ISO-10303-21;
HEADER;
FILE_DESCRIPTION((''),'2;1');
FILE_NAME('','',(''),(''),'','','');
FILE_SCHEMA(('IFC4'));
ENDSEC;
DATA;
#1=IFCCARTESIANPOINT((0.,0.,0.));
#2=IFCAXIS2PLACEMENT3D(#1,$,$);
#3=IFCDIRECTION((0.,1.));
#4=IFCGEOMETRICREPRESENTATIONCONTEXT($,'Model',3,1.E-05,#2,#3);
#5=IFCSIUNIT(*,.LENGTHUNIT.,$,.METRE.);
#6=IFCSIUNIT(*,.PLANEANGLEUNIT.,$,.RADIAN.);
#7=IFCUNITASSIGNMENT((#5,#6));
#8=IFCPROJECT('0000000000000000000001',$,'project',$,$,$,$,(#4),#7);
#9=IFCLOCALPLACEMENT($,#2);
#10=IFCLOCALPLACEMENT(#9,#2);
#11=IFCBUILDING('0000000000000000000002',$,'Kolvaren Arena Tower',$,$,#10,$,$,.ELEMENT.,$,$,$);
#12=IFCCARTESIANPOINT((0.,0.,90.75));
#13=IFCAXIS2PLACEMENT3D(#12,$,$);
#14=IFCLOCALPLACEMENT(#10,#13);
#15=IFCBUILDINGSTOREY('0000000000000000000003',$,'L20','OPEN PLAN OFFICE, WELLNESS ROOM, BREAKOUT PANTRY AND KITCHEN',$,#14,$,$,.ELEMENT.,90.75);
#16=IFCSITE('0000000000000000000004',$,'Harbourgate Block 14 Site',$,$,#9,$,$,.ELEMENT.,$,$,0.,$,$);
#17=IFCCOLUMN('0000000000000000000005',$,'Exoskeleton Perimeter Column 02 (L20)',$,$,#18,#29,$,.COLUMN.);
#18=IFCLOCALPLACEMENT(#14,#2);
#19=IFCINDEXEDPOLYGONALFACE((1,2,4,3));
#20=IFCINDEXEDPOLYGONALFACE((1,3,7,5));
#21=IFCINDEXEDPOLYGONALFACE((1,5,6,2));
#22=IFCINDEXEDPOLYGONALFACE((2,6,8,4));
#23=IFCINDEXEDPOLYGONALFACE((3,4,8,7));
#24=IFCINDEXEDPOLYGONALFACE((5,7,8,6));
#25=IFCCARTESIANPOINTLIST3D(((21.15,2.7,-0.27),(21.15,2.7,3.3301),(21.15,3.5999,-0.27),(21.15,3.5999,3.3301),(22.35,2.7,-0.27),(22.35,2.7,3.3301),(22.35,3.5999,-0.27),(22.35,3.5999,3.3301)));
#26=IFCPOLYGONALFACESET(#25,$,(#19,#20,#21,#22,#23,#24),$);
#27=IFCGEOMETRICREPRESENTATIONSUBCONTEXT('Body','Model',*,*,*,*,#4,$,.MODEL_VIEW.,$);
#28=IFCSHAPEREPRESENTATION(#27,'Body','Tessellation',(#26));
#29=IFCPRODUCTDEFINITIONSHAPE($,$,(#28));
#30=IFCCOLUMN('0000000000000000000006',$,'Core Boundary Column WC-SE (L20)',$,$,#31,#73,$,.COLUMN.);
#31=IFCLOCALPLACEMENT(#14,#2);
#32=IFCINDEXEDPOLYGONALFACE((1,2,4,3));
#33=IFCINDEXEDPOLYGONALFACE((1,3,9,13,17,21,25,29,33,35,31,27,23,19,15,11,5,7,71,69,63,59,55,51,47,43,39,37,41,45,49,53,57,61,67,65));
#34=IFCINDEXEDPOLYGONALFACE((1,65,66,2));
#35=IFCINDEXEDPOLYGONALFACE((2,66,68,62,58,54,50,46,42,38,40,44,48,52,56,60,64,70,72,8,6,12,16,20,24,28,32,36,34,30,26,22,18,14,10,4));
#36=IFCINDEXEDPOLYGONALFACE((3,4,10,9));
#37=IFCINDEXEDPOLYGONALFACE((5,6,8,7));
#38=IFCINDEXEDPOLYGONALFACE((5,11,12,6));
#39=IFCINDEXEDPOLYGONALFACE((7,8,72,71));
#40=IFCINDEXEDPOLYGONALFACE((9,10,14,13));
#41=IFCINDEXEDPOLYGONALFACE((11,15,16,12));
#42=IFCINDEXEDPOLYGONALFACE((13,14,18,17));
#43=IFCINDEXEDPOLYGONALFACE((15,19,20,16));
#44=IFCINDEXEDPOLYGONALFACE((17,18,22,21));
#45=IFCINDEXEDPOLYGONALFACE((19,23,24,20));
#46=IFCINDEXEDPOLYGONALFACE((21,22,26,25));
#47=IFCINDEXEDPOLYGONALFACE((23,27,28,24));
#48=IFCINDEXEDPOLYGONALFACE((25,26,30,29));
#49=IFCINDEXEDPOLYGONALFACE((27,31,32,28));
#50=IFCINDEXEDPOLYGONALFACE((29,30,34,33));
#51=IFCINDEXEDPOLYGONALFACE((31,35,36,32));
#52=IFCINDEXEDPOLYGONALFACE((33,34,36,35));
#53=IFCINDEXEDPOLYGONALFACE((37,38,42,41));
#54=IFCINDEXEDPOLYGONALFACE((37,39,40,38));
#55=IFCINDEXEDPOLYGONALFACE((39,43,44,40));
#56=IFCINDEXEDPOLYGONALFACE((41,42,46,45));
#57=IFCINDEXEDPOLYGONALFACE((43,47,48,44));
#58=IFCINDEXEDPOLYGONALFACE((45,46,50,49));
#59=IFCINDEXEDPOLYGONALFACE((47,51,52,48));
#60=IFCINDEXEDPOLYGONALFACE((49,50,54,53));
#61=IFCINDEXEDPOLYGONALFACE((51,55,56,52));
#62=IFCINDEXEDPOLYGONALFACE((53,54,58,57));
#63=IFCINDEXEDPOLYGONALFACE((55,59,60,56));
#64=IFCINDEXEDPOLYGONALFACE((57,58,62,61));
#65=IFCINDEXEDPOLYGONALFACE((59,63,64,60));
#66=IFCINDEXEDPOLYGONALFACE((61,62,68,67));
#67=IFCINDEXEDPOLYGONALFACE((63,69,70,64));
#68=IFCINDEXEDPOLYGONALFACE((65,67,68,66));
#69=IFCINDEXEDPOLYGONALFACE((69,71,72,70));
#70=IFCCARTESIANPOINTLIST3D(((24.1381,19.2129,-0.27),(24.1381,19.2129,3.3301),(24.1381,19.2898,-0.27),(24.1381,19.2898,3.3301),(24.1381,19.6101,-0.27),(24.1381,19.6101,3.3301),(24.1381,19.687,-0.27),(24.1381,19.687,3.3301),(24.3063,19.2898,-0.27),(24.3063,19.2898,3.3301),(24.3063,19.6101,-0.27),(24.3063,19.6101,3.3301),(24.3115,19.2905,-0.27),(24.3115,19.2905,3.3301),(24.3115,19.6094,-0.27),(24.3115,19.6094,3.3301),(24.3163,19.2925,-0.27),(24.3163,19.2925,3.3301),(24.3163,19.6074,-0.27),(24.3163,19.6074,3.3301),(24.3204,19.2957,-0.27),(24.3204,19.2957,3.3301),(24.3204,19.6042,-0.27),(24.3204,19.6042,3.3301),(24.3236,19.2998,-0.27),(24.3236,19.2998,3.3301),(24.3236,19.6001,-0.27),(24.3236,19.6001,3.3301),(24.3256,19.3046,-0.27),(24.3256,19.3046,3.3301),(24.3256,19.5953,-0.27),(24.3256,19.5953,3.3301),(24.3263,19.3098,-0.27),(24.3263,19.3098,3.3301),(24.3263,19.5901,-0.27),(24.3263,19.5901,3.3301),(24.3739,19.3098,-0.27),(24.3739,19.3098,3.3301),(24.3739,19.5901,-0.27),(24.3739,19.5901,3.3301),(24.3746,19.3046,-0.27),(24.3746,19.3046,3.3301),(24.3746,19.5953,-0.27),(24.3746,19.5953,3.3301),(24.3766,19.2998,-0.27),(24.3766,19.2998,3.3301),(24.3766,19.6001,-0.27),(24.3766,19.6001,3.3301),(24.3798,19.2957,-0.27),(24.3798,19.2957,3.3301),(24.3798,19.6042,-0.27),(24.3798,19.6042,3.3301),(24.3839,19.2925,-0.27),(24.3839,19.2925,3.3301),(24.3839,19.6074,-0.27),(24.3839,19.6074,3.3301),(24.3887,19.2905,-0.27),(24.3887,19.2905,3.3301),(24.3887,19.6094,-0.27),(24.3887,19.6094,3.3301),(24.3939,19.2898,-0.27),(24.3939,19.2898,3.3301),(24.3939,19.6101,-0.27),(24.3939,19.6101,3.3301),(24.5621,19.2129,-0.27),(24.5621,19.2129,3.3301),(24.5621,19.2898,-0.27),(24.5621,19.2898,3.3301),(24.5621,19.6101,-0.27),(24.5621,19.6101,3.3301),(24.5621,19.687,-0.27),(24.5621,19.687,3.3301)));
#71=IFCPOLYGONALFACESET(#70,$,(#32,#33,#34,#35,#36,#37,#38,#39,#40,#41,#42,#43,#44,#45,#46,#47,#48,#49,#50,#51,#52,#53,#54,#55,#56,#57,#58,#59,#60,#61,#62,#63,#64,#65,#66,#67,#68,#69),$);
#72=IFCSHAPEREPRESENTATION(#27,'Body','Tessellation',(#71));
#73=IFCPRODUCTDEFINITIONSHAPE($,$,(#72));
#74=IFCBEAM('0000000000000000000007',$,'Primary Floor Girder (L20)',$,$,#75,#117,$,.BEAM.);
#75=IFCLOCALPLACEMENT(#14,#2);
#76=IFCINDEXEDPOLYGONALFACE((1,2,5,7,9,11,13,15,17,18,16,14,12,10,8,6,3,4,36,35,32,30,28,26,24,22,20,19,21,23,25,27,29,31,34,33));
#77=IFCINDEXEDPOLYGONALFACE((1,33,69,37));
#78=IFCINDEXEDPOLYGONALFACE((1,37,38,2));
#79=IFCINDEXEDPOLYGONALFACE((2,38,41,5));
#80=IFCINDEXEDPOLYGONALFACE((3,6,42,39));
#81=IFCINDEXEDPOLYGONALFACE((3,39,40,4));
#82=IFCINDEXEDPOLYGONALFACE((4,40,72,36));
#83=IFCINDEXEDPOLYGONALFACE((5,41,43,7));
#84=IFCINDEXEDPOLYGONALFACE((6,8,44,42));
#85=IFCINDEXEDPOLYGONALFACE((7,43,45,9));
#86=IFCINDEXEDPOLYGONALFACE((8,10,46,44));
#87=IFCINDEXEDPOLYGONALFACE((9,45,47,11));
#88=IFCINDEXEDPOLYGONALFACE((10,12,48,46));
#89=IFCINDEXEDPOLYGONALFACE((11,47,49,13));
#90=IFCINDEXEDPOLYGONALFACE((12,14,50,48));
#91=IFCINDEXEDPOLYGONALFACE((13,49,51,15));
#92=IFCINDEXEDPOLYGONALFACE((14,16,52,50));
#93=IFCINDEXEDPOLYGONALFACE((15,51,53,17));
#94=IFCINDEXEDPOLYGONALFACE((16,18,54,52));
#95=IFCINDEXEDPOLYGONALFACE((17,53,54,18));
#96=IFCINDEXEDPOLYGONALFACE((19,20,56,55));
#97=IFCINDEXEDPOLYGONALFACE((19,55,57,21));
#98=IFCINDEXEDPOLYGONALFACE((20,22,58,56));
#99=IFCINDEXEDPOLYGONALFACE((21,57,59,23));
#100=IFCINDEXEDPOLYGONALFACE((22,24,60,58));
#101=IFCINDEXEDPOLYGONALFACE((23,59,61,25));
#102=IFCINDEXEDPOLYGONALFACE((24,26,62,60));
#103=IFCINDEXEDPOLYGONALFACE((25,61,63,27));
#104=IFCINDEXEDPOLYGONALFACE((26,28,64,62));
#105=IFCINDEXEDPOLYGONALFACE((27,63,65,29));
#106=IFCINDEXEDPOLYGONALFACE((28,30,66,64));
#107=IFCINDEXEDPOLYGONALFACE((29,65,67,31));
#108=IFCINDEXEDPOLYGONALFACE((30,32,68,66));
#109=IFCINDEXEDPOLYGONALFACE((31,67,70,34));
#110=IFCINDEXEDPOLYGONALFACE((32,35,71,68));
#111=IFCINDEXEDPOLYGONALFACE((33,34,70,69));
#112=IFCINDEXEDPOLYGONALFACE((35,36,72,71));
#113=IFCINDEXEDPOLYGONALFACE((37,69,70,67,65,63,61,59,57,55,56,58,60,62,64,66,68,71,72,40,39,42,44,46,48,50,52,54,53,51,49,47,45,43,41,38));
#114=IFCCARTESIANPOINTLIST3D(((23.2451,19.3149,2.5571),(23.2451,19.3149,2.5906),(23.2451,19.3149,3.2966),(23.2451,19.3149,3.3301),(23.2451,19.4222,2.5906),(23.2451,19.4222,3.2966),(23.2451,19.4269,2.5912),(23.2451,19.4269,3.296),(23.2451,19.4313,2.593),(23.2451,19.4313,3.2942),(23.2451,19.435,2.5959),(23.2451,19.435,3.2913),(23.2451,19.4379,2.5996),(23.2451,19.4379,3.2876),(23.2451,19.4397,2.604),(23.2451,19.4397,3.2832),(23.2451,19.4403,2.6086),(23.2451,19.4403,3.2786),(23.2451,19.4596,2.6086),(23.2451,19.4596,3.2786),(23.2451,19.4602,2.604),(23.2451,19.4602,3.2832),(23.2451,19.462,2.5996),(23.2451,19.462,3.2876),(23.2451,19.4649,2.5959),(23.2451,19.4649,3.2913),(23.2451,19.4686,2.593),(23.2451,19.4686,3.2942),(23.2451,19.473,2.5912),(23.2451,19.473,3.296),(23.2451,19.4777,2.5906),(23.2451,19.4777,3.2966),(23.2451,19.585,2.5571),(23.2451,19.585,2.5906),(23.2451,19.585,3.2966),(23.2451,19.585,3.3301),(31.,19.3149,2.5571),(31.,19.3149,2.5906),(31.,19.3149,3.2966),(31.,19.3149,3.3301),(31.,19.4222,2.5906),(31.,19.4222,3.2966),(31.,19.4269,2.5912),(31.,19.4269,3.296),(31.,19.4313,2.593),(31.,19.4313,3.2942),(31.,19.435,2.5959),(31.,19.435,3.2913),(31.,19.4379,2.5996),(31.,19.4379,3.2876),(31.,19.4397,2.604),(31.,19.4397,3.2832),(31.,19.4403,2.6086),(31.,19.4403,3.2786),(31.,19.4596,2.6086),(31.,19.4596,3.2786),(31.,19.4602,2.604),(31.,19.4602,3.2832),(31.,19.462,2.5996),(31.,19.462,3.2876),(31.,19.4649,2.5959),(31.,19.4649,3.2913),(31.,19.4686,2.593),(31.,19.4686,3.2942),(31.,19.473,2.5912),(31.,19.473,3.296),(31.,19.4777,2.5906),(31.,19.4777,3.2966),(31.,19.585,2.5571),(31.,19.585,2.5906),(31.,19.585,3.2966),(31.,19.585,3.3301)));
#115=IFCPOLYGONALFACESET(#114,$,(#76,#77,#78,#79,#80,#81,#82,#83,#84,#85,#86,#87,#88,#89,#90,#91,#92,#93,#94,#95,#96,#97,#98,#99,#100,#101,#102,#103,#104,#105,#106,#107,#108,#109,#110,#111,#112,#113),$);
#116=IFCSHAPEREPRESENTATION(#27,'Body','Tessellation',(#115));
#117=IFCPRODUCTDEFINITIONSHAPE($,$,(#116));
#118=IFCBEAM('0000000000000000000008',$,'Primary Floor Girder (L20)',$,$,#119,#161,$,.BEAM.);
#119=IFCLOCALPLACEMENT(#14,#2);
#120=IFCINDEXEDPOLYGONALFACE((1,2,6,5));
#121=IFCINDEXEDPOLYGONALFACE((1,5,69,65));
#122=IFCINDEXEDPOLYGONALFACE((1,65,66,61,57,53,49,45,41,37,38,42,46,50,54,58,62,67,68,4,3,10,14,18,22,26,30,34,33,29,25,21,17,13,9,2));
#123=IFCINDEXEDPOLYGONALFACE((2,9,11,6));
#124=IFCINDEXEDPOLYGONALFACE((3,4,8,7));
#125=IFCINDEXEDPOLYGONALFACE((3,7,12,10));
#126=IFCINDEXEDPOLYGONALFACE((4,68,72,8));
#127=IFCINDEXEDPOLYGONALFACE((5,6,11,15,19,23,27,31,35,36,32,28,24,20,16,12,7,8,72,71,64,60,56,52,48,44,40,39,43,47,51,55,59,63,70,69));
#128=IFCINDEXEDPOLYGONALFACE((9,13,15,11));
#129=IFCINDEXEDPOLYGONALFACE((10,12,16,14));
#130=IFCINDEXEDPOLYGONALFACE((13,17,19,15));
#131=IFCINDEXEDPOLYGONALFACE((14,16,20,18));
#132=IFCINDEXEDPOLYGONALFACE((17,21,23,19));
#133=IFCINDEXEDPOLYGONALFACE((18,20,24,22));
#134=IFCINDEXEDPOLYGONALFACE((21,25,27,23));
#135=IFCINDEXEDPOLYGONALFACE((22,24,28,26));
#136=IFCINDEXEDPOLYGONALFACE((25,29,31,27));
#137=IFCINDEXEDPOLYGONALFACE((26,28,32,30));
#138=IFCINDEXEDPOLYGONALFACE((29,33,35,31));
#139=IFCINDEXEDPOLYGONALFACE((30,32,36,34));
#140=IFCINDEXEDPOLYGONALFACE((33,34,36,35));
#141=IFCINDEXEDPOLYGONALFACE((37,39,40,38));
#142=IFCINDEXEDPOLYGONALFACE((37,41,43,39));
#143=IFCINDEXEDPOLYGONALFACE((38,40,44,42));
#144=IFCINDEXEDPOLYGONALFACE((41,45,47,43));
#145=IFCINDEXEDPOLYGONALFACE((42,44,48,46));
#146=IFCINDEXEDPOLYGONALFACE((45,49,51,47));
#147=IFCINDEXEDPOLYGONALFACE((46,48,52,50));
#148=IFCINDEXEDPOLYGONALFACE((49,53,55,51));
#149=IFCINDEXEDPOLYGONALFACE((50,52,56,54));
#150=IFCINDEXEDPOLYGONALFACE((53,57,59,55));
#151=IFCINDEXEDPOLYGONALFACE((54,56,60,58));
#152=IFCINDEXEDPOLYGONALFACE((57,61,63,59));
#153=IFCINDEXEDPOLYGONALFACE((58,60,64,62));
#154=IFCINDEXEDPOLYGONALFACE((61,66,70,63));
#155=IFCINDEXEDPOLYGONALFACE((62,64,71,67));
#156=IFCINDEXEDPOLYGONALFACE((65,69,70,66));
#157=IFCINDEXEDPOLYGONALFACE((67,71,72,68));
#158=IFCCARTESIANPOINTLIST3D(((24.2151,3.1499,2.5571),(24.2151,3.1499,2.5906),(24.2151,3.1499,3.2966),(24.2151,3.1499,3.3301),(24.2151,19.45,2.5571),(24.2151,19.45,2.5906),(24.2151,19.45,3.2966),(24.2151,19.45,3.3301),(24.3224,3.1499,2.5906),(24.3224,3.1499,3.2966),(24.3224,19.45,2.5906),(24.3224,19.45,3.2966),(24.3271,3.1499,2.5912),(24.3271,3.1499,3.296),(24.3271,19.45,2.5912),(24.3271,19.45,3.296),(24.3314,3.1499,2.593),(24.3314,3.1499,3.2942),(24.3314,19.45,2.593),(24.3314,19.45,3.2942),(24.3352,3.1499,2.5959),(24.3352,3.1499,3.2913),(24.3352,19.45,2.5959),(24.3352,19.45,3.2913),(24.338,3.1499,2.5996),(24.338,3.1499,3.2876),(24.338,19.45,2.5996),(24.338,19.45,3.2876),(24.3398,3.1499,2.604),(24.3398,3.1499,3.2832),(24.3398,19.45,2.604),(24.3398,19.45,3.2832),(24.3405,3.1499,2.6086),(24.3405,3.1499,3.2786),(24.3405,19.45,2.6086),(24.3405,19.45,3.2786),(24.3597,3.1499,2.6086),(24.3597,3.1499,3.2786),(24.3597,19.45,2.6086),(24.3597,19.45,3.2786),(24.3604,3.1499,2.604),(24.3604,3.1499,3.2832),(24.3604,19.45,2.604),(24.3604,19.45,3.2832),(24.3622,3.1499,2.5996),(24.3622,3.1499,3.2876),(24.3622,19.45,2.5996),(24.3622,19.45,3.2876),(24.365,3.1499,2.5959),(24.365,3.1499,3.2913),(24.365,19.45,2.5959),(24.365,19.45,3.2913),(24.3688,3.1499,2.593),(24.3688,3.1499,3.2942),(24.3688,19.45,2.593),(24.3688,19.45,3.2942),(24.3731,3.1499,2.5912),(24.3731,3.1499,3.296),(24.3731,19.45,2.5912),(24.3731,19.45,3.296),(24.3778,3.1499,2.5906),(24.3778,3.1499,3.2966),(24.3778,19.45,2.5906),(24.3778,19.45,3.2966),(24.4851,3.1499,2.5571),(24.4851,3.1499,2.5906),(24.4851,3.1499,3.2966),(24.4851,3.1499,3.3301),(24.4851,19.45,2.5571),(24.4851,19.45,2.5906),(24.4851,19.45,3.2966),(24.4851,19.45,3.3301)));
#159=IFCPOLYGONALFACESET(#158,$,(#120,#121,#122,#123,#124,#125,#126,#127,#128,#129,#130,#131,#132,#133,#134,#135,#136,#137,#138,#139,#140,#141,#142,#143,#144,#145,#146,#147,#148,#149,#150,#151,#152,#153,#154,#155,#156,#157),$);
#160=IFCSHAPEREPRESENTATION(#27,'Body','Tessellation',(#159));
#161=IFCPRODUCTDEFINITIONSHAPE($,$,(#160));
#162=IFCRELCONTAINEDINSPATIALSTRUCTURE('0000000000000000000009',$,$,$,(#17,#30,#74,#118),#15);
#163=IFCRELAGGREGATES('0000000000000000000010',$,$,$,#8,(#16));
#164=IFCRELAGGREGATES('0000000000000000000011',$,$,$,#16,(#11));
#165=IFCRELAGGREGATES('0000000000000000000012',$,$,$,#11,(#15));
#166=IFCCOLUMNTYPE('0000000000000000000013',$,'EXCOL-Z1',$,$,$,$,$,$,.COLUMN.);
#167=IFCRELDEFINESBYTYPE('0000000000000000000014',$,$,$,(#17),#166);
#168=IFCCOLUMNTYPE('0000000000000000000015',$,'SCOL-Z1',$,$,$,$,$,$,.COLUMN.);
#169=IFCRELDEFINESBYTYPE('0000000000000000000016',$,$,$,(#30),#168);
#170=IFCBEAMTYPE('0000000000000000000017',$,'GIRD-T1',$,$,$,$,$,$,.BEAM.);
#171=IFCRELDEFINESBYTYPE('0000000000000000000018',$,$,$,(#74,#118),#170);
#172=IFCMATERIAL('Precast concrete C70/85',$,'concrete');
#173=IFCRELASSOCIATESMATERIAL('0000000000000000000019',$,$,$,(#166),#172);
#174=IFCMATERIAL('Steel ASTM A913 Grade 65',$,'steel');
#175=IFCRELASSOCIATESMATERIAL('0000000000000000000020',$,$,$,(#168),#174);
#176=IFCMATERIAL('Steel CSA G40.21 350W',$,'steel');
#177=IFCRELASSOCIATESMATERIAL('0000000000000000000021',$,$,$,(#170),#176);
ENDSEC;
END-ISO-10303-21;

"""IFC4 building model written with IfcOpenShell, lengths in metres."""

from ifc_helpers import new_model, si_unit, direction, frame, origin, origin_2d, place, context, subcontext, project, spatial, rectangle, i_section, extrude, material, material_profile, profile_set, type_object, element, save


model = new_model("IFC4")

# Units and contexts
model_context = context("Model", 3, precision=1e-05, world=origin(), true_north=direction((0.0, 1.0)))
body_context = subcontext(model_context, "Body", "Model", "MODEL_VIEW")
ifc_project = project(units=[si_unit("LENGTHUNIT", "METRE"), si_unit("PLANEANGLEUNIT", "RADIAN")], contexts=[model_context])

# Site, building, storey
site_placement = place(None, origin())
site = spatial("IfcSite", under=ifc_project, at=site_placement, Name="Harbourgate Block 14 Site", CompositionType="ELEMENT", RefElevation=0.0)
building_placement = place(site_placement, origin())
building = spatial("IfcBuilding", under=site, at=building_placement, Name="Kolvaren Arena Tower", CompositionType="ELEMENT")
storey_placement = place(building_placement, frame((0.0, 0.0, 90.75)))
storey = spatial("IfcBuildingStorey", under=building, at=storey_placement, Name="L20", Description="OPEN PLAN OFFICE, WELLNESS ROOM, BREAKOUT PANTRY AND KITCHEN", CompositionType="ELEMENT", Elevation=90.75)

# Columns
ifc_material_1 = material(Name="Precast concrete C70/85", Category="concrete")
ifc_material_profile_1 = material_profile(ifc_material_1, rectangle(XDim=1.2, YDim=0.8999, at=origin_2d()), Name="RC-1200x900")
ifc_profile_set_1 = profile_set([ifc_material_profile_1], Name="Precast concrete C70/85")
column_type_1 = type_object("IfcColumnType", Name="EXCOL-Z1", PredefinedType="COLUMN", material=ifc_profile_set_1)
column_1_placement = place(storey_placement, frame((21.75, 3.1499, -0.27), z_axis=(0.0, 0.0, 1.0), x_axis=(1.0, 0.0, 0.0)))
element("IfcColumn", 1, at=column_1_placement, inside=storey, type_object=column_type_1, Name="Exoskeleton Perimeter Column 02 (L20)", PredefinedType="COLUMN", context=body_context, shape_type="SweptSolid", body=[
    extrude(rectangle(XDim=1.2, YDim=0.8999, at=origin_2d()), origin(), (0.0, 0.0, 1.0), 3.6001),
])
ifc_material_2 = material(Name="Steel ASTM A913 Grade 65", Category="steel")
ifc_material_profile_2 = material_profile(ifc_material_2, i_section(OverallWidth=0.4241, OverallDepth=0.4741, WebThickness=0.0476, FlangeThickness=0.0769, FilletRadius=0.02, at=origin_2d()), Name="W360x634")
ifc_profile_set_2 = profile_set([ifc_material_profile_2], Name="Steel ASTM A913 Grade 65")
column_type_2 = type_object("IfcColumnType", Name="SCOL-Z1", PredefinedType="COLUMN", material=ifc_profile_set_2)
column_2_placement = place(storey_placement, frame((24.3501, 19.45, -0.27), z_axis=(0.0, 0.0, 1.0), x_axis=(1.0, 0.0, 0.0)))
element("IfcColumn", 2, at=column_2_placement, inside=storey, type_object=column_type_2, Name="Core Boundary Column WC-SE (L20)", PredefinedType="COLUMN", context=body_context, shape_type="SweptSolid", body=[
    extrude(i_section(OverallWidth=0.4241, OverallDepth=0.4741, WebThickness=0.0476, FlangeThickness=0.0769, FilletRadius=0.02, at=origin_2d()), origin(), (0.0, 0.0, 1.0), 3.6001),
])

# Beams
ifc_material_3 = material(Name="Steel CSA G40.21 350W", Category="steel")
ifc_material_profile_3 = material_profile(ifc_material_3, i_section(OverallWidth=0.27, OverallDepth=0.7729, WebThickness=0.0193, FlangeThickness=0.0334, FilletRadius=0.0181, at=origin_2d()), Name="W760x257")
ifc_profile_set_3 = profile_set([ifc_material_profile_3], Name="Steel CSA G40.21 350W")
beam_type_1 = type_object("IfcBeamType", Name="GIRD-T1", PredefinedType="BEAM", material=ifc_profile_set_3)
beam_1_placement = place(storey_placement, frame((23.2451, 19.45, 2.9436), z_axis=(1.0, 0.0, 0.0), x_axis=(0.0, 1.0, 0.0)))
element("IfcBeam", 3, at=beam_1_placement, inside=storey, type_object=beam_type_1, Name="Primary Floor Girder (L20)", PredefinedType="BEAM", context=body_context, shape_type="SweptSolid", body=[
    extrude(i_section(OverallWidth=0.27, OverallDepth=0.7729, WebThickness=0.0193, FlangeThickness=0.0334, FilletRadius=0.0181, at=origin_2d()), origin(), (0.0, 0.0, 1.0), 7.7549),
])
beam_2_placement = place(storey_placement, frame((24.3501, 3.1499, 2.9436), z_axis=(0.0, 1.0, 0.0), x_axis=(-1.0, 0.0, 0.0)))
element("IfcBeam", 4, at=beam_2_placement, inside=storey, type_object=beam_type_1, Name="Primary Floor Girder (L20)", PredefinedType="BEAM", context=body_context, shape_type="SweptSolid", body=[
    extrude(i_section(OverallWidth=0.27, OverallDepth=0.7729, WebThickness=0.0193, FlangeThickness=0.0334, FilletRadius=0.0181, at=origin_2d()), origin(), (0.0, 0.0, 1.0), 16.3),
])

save(model, "model.ifc")
